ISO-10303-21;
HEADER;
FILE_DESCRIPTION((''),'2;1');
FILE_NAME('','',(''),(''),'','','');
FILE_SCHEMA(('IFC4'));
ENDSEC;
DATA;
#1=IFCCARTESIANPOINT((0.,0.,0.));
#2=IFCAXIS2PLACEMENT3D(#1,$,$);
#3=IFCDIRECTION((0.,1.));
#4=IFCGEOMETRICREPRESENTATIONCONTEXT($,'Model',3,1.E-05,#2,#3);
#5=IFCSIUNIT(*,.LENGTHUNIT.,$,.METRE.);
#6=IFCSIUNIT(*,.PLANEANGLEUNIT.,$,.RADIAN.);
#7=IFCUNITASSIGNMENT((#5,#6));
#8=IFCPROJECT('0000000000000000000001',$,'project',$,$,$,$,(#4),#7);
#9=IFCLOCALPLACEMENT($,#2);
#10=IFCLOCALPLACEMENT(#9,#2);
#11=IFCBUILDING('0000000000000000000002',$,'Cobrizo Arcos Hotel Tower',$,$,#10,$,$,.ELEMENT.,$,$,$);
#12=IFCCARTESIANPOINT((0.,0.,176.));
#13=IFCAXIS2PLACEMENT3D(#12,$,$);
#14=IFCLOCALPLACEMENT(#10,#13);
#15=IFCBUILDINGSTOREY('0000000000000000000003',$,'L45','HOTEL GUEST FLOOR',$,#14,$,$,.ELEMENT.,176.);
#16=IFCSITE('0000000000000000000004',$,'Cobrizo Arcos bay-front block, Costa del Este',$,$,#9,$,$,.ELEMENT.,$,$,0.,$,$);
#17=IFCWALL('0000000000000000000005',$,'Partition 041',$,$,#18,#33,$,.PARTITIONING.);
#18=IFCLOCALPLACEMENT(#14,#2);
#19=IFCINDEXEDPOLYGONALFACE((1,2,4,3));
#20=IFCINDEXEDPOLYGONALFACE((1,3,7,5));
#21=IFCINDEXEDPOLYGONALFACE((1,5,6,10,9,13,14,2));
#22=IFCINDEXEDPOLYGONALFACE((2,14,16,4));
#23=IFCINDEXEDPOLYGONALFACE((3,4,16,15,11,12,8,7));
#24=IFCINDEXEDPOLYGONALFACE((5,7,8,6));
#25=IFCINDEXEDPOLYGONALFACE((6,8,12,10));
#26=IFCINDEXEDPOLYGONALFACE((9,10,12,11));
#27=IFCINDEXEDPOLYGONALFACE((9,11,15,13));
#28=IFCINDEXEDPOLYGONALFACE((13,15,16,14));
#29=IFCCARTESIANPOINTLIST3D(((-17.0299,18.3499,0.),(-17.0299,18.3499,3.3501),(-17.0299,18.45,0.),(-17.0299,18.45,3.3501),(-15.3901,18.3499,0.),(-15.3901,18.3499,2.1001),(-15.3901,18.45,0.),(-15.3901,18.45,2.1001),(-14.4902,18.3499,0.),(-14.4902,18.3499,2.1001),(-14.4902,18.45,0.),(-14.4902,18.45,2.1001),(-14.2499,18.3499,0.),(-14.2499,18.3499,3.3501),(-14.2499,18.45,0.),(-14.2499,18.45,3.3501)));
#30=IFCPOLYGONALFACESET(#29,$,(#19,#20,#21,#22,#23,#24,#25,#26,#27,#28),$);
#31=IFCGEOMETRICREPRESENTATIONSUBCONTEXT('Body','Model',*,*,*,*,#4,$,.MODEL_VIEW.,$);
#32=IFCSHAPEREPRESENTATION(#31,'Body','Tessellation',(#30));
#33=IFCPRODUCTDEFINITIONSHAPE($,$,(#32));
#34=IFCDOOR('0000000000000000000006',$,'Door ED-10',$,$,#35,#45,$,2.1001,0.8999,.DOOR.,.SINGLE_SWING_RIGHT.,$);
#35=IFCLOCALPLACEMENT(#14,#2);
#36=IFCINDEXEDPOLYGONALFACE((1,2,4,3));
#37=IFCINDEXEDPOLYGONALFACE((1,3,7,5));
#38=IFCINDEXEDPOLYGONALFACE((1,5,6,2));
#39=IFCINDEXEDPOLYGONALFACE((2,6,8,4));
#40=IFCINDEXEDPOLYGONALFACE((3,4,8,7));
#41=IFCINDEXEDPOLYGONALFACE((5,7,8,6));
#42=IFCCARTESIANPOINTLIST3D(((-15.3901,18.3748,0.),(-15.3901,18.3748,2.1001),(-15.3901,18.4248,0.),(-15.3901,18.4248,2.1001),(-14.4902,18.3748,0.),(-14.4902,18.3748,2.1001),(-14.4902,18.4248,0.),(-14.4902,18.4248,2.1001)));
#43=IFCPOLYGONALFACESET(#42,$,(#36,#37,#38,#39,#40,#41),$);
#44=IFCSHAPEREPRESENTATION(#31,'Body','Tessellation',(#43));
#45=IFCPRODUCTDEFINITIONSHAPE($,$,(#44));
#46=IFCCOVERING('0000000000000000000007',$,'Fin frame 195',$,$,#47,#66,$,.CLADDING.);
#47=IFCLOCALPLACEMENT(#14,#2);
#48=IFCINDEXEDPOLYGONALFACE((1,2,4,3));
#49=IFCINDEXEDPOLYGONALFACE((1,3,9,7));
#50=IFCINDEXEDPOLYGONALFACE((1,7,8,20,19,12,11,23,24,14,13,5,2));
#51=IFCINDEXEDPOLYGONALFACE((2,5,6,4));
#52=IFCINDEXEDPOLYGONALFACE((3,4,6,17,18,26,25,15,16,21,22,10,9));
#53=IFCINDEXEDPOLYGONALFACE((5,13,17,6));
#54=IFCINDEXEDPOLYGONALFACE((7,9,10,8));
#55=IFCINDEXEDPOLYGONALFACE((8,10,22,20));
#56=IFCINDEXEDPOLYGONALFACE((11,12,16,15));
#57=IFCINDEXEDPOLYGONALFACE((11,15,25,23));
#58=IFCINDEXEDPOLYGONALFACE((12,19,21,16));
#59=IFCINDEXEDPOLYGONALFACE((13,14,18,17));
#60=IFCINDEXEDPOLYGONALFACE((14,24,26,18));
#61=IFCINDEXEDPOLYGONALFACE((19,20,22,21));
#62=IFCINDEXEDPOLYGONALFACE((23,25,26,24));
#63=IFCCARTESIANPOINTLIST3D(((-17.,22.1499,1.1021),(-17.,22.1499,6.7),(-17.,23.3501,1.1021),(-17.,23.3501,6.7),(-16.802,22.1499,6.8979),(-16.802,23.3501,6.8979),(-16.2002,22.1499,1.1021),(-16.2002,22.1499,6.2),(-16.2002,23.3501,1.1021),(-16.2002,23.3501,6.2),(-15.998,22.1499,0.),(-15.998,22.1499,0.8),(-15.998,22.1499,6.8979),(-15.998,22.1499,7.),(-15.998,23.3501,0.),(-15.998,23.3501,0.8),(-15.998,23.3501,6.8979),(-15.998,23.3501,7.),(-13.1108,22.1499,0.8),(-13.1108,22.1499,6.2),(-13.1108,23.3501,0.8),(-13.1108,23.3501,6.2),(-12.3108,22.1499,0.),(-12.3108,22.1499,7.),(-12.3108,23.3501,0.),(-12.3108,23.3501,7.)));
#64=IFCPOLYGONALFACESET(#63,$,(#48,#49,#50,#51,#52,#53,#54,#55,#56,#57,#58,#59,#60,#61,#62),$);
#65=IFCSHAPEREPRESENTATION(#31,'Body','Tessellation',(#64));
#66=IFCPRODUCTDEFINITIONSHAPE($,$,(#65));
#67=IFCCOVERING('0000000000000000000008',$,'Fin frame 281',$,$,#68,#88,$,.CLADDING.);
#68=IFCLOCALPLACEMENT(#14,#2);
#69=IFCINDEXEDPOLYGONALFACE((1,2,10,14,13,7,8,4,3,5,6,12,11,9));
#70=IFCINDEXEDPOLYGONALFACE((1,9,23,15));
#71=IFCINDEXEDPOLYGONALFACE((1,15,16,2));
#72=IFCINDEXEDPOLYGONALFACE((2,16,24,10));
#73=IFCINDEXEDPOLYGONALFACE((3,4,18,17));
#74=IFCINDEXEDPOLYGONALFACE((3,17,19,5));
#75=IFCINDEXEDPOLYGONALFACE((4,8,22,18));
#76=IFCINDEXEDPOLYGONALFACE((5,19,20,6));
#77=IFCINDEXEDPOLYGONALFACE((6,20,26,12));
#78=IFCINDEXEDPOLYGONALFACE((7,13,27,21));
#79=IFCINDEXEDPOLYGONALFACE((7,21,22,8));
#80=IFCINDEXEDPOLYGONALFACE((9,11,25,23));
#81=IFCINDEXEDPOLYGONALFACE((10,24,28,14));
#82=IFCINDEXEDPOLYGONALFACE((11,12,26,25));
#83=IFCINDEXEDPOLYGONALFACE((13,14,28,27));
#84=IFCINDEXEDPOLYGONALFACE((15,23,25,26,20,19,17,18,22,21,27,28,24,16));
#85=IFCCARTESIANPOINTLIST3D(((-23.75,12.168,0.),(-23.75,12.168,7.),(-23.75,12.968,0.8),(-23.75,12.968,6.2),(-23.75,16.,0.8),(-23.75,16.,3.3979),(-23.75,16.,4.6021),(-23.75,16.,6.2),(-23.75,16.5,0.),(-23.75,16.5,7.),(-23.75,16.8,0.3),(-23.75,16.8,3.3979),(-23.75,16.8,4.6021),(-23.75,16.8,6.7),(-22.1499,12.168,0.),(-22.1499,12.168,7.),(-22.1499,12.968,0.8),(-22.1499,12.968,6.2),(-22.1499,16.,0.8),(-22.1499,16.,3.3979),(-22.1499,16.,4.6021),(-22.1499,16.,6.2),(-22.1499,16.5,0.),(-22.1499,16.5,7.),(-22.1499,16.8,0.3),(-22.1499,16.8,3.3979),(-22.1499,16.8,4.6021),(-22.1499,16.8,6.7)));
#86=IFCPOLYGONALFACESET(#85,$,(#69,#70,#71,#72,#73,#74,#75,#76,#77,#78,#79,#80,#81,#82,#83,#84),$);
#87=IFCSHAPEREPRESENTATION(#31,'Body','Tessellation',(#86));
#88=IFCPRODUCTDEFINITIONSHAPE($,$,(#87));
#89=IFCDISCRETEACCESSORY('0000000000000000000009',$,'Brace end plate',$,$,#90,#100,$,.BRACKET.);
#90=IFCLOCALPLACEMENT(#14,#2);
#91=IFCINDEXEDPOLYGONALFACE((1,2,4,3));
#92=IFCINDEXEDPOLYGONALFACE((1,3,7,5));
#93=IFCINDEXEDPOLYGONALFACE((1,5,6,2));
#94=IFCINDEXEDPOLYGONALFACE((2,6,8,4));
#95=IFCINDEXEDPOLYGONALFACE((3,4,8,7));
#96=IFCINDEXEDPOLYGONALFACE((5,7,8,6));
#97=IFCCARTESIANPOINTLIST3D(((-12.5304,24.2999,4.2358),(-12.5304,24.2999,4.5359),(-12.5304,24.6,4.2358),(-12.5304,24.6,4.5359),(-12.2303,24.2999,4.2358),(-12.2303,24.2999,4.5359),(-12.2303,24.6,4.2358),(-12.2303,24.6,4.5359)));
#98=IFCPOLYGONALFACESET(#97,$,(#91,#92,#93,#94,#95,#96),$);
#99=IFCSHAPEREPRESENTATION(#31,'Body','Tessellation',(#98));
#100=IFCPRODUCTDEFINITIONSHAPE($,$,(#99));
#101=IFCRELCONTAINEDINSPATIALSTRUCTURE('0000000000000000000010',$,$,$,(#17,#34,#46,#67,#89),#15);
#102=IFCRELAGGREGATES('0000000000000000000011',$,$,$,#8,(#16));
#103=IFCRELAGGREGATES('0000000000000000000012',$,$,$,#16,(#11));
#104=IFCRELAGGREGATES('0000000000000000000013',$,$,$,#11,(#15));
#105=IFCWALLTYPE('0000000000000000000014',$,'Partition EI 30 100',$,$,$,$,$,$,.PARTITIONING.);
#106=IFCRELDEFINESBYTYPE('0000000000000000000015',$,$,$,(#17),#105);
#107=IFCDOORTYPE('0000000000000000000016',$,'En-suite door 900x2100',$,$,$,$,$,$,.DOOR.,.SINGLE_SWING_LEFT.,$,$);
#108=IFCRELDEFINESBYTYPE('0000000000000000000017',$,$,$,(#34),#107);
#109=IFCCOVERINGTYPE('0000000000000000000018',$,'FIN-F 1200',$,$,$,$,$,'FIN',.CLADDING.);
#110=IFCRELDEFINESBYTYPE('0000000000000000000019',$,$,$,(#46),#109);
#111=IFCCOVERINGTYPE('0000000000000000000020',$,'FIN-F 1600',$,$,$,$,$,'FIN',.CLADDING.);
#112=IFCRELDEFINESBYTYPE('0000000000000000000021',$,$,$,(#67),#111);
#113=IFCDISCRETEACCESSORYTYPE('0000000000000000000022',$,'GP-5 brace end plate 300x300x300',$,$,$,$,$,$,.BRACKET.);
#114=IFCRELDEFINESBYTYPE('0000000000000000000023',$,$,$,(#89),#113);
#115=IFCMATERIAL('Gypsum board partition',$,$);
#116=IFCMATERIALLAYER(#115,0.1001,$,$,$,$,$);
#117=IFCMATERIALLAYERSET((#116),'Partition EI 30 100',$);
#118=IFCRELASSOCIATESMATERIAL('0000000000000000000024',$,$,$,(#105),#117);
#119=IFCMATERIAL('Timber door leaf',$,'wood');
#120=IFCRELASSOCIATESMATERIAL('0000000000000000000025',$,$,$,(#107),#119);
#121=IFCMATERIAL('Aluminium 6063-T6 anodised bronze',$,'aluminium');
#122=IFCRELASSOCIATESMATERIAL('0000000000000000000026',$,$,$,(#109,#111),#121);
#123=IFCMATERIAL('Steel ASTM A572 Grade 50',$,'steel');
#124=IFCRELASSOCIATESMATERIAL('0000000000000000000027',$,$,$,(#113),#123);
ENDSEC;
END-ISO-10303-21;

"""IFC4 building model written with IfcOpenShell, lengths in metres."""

from ifc_helpers import new_model, si_unit, direction, frame, frame_2d, origin, origin_2d, place, context, subcontext, project, spatial, polyline, rectangle, outline, extrude, material, layer, layer_set, type_object, element, fill, save


model = new_model("IFC4")

# Units and contexts
model_context = context("Model", 3, precision=1e-05, world=origin(), true_north=direction((0.0, 1.0)))
body_context = subcontext(model_context, "Body", "Model", "MODEL_VIEW")
ifc_project = project(units=[si_unit("LENGTHUNIT", "METRE"), si_unit("PLANEANGLEUNIT", "RADIAN")], contexts=[model_context])

# Site, building, storey
site_placement = place(None, origin())
site = spatial("IfcSite", under=ifc_project, at=site_placement, Name="Cobrizo Arcos bay-front block, Costa del Este", CompositionType="ELEMENT", RefElevation=0.0)
building_placement = place(site_placement, origin())
building = spatial("IfcBuilding", under=site, at=building_placement, Name="Cobrizo Arcos Hotel Tower", CompositionType="ELEMENT")
storey_placement = place(building_placement, frame((0.0, 0.0, 176.0)))
storey = spatial("IfcBuildingStorey", under=building, at=storey_placement, Name="L45", Description="HOTEL GUEST FLOOR", CompositionType="ELEMENT", Elevation=176.0)

# Shared definitions
ifc_material_1 = material(Name="Steel ASTM A572 Grade 50", Category="steel")

# Shared definitions
ifc_material_2 = material(Name="Aluminium 6063-T6 anodised bronze", Category="aluminium")

# Shared definitions
ifc_material_3 = material(Name="Gypsum board partition")
ifc_layer_1 = layer(ifc_material_3, 0.1001)
ifc_layer_set_1 = layer_set([ifc_layer_1], Name="Partition EI 30 100")
wall_type = type_object("IfcWallType", Name="Partition EI 30 100", PredefinedType="PARTITIONING", material=ifc_layer_set_1)

# Wall, opening, door
wall_1_placement = place(storey_placement, frame((-17.03, 18.3999, 0.0), z_axis=(0.0, 0.0, 1.0), x_axis=(1.0, 0.0, 0.0)))
wall_1 = element("IfcWall", 1, at=wall_1_placement, inside=storey, type_object=wall_type, Name="Partition 041", PredefinedType="PARTITIONING", context=body_context, shape_type="SweptSolid", body=[
    extrude(rectangle(XDim=2.78, YDim=0.1001, at=frame_2d((1.3901, 0.0))), origin(), (0.0, 0.0, 1.0), 3.3501),
])
opening_placement = place(wall_1_placement, frame((1.6399, 0.0, 0.0)))
opening = element("IfcOpeningElement", 2, at=opening_placement, cuts=wall_1, PredefinedType="OPENING", context=body_context, shape_type="SweptSolid", body=[
    extrude(rectangle(XDim=0.8999, YDim=2.1001, at=frame_2d((0.45, 1.05))), frame((0.0, 0.062, 0.0), z_axis=(0.0, -1.0, 0.0), x_axis=(1.0, 0.0, 0.0)), (0.0, 0.0, 1.0), 0.124),
])
ifc_material_4 = material(Name="Timber door leaf", Category="wood")
door_type = type_object("IfcDoorType", Name="En-suite door 900x2100", OperationType="SINGLE_SWING_LEFT", PredefinedType="DOOR", material=ifc_material_4)
door_placement = place(opening_placement, origin())
door = element("IfcDoor", 3, at=door_placement, inside=storey, type_object=door_type, Name="Door ED-10", OperationType="SINGLE_SWING_RIGHT", OverallHeight=2.1001, OverallWidth=0.8999, PredefinedType="DOOR", context=body_context, shape_type="SweptSolid", body=[
    extrude(rectangle(XDim=0.8999, YDim=2.1001, at=frame_2d((0.45, 1.05))), frame((0.0, 0.0249, 0.0), z_axis=(0.0, -1.0, 0.0), x_axis=(1.0, 0.0, 0.0)), (0.0, 0.0, 1.0), 0.05),
])
fill(opening, door)

# Coverings
covering_type_1 = type_object("IfcCoveringType", Name="FIN-F 1200", ElementType="FIN", PredefinedType="CLADDING", material=ifc_material_2)
covering_1_placement = place(storey_placement, frame((-12.3108, 22.1499, 0.0), z_axis=(0.0, 1.0, 0.0), x_axis=(-1.0, 0.0, 0.0)))
element("IfcCovering", 4, at=covering_1_placement, inside=storey, type_object=covering_type_1, Name="Fin frame 195", PredefinedType="CLADDING", context=body_context, shape_type="SweptSolid", body=[
    extrude(outline(polyline([(0.0, 0.0), (3.6873, 0.0), (3.6873, 0.8), (0.8, 0.8), (0.8, 6.2), (3.8894, 6.2), (3.8894, 1.1021), (4.6892, 1.1021), (4.6892, 6.7), (4.4912, 6.8979), (3.6873, 6.8979), (3.6873, 7.0), (0.0, 7.0), (0.0, 0.0)])), origin(), (0.0, 0.0, 1.0), 1.2002),
])
covering_type_2 = type_object("IfcCoveringType", Name="FIN-F 1600", ElementType="FIN", PredefinedType="CLADDING", material=ifc_material_2)
covering_2_placement = place(storey_placement, frame((-22.1499, 16.8, 0.0), z_axis=(-1.0, 0.0, 0.0), x_axis=(0.0, -1.0, 0.0)))
element("IfcCovering", 5, at=covering_2_placement, inside=storey, type_object=covering_type_2, Name="Fin frame 281", PredefinedType="CLADDING", context=body_context, shape_type="SweptSolid", body=[
    extrude(outline(polyline([(0.0, 6.7), (0.0, 4.6021), (0.8, 4.6021), (0.8, 6.2), (3.832, 6.2), (3.832, 0.8), (0.8, 0.8), (0.8, 3.3979), (0.0, 3.3979), (0.0, 0.3), (0.3, 0.0), (4.6321, 0.0), (4.6321, 7.0), (0.3, 7.0), (0.0, 6.7)])), origin(), (0.0, 0.0, 1.0), 1.6001),
])

# Discrete accessory
discrete_accessory_type = type_object("IfcDiscreteAccessoryType", Name="GP-5 brace end plate 300x300x300", PredefinedType="BRACKET", material=ifc_material_1)
discrete_accessory_placement = place(storey_placement, frame((-12.3804, 24.45, 4.2358), z_axis=(0.0, 0.0, 1.0), x_axis=(1.0, 0.0, 0.0)))
element("IfcDiscreteAccessory", 6, at=discrete_accessory_placement, inside=storey, type_object=discrete_accessory_type, Name="Brace end plate", PredefinedType="BRACKET", context=body_context, shape_type="SweptSolid", body=[
    extrude(rectangle(XDim=0.3, YDim=0.3, at=origin_2d()), origin(), (0.0, 0.0, 1.0), 0.3),
])

save(model, "model.ifc")
